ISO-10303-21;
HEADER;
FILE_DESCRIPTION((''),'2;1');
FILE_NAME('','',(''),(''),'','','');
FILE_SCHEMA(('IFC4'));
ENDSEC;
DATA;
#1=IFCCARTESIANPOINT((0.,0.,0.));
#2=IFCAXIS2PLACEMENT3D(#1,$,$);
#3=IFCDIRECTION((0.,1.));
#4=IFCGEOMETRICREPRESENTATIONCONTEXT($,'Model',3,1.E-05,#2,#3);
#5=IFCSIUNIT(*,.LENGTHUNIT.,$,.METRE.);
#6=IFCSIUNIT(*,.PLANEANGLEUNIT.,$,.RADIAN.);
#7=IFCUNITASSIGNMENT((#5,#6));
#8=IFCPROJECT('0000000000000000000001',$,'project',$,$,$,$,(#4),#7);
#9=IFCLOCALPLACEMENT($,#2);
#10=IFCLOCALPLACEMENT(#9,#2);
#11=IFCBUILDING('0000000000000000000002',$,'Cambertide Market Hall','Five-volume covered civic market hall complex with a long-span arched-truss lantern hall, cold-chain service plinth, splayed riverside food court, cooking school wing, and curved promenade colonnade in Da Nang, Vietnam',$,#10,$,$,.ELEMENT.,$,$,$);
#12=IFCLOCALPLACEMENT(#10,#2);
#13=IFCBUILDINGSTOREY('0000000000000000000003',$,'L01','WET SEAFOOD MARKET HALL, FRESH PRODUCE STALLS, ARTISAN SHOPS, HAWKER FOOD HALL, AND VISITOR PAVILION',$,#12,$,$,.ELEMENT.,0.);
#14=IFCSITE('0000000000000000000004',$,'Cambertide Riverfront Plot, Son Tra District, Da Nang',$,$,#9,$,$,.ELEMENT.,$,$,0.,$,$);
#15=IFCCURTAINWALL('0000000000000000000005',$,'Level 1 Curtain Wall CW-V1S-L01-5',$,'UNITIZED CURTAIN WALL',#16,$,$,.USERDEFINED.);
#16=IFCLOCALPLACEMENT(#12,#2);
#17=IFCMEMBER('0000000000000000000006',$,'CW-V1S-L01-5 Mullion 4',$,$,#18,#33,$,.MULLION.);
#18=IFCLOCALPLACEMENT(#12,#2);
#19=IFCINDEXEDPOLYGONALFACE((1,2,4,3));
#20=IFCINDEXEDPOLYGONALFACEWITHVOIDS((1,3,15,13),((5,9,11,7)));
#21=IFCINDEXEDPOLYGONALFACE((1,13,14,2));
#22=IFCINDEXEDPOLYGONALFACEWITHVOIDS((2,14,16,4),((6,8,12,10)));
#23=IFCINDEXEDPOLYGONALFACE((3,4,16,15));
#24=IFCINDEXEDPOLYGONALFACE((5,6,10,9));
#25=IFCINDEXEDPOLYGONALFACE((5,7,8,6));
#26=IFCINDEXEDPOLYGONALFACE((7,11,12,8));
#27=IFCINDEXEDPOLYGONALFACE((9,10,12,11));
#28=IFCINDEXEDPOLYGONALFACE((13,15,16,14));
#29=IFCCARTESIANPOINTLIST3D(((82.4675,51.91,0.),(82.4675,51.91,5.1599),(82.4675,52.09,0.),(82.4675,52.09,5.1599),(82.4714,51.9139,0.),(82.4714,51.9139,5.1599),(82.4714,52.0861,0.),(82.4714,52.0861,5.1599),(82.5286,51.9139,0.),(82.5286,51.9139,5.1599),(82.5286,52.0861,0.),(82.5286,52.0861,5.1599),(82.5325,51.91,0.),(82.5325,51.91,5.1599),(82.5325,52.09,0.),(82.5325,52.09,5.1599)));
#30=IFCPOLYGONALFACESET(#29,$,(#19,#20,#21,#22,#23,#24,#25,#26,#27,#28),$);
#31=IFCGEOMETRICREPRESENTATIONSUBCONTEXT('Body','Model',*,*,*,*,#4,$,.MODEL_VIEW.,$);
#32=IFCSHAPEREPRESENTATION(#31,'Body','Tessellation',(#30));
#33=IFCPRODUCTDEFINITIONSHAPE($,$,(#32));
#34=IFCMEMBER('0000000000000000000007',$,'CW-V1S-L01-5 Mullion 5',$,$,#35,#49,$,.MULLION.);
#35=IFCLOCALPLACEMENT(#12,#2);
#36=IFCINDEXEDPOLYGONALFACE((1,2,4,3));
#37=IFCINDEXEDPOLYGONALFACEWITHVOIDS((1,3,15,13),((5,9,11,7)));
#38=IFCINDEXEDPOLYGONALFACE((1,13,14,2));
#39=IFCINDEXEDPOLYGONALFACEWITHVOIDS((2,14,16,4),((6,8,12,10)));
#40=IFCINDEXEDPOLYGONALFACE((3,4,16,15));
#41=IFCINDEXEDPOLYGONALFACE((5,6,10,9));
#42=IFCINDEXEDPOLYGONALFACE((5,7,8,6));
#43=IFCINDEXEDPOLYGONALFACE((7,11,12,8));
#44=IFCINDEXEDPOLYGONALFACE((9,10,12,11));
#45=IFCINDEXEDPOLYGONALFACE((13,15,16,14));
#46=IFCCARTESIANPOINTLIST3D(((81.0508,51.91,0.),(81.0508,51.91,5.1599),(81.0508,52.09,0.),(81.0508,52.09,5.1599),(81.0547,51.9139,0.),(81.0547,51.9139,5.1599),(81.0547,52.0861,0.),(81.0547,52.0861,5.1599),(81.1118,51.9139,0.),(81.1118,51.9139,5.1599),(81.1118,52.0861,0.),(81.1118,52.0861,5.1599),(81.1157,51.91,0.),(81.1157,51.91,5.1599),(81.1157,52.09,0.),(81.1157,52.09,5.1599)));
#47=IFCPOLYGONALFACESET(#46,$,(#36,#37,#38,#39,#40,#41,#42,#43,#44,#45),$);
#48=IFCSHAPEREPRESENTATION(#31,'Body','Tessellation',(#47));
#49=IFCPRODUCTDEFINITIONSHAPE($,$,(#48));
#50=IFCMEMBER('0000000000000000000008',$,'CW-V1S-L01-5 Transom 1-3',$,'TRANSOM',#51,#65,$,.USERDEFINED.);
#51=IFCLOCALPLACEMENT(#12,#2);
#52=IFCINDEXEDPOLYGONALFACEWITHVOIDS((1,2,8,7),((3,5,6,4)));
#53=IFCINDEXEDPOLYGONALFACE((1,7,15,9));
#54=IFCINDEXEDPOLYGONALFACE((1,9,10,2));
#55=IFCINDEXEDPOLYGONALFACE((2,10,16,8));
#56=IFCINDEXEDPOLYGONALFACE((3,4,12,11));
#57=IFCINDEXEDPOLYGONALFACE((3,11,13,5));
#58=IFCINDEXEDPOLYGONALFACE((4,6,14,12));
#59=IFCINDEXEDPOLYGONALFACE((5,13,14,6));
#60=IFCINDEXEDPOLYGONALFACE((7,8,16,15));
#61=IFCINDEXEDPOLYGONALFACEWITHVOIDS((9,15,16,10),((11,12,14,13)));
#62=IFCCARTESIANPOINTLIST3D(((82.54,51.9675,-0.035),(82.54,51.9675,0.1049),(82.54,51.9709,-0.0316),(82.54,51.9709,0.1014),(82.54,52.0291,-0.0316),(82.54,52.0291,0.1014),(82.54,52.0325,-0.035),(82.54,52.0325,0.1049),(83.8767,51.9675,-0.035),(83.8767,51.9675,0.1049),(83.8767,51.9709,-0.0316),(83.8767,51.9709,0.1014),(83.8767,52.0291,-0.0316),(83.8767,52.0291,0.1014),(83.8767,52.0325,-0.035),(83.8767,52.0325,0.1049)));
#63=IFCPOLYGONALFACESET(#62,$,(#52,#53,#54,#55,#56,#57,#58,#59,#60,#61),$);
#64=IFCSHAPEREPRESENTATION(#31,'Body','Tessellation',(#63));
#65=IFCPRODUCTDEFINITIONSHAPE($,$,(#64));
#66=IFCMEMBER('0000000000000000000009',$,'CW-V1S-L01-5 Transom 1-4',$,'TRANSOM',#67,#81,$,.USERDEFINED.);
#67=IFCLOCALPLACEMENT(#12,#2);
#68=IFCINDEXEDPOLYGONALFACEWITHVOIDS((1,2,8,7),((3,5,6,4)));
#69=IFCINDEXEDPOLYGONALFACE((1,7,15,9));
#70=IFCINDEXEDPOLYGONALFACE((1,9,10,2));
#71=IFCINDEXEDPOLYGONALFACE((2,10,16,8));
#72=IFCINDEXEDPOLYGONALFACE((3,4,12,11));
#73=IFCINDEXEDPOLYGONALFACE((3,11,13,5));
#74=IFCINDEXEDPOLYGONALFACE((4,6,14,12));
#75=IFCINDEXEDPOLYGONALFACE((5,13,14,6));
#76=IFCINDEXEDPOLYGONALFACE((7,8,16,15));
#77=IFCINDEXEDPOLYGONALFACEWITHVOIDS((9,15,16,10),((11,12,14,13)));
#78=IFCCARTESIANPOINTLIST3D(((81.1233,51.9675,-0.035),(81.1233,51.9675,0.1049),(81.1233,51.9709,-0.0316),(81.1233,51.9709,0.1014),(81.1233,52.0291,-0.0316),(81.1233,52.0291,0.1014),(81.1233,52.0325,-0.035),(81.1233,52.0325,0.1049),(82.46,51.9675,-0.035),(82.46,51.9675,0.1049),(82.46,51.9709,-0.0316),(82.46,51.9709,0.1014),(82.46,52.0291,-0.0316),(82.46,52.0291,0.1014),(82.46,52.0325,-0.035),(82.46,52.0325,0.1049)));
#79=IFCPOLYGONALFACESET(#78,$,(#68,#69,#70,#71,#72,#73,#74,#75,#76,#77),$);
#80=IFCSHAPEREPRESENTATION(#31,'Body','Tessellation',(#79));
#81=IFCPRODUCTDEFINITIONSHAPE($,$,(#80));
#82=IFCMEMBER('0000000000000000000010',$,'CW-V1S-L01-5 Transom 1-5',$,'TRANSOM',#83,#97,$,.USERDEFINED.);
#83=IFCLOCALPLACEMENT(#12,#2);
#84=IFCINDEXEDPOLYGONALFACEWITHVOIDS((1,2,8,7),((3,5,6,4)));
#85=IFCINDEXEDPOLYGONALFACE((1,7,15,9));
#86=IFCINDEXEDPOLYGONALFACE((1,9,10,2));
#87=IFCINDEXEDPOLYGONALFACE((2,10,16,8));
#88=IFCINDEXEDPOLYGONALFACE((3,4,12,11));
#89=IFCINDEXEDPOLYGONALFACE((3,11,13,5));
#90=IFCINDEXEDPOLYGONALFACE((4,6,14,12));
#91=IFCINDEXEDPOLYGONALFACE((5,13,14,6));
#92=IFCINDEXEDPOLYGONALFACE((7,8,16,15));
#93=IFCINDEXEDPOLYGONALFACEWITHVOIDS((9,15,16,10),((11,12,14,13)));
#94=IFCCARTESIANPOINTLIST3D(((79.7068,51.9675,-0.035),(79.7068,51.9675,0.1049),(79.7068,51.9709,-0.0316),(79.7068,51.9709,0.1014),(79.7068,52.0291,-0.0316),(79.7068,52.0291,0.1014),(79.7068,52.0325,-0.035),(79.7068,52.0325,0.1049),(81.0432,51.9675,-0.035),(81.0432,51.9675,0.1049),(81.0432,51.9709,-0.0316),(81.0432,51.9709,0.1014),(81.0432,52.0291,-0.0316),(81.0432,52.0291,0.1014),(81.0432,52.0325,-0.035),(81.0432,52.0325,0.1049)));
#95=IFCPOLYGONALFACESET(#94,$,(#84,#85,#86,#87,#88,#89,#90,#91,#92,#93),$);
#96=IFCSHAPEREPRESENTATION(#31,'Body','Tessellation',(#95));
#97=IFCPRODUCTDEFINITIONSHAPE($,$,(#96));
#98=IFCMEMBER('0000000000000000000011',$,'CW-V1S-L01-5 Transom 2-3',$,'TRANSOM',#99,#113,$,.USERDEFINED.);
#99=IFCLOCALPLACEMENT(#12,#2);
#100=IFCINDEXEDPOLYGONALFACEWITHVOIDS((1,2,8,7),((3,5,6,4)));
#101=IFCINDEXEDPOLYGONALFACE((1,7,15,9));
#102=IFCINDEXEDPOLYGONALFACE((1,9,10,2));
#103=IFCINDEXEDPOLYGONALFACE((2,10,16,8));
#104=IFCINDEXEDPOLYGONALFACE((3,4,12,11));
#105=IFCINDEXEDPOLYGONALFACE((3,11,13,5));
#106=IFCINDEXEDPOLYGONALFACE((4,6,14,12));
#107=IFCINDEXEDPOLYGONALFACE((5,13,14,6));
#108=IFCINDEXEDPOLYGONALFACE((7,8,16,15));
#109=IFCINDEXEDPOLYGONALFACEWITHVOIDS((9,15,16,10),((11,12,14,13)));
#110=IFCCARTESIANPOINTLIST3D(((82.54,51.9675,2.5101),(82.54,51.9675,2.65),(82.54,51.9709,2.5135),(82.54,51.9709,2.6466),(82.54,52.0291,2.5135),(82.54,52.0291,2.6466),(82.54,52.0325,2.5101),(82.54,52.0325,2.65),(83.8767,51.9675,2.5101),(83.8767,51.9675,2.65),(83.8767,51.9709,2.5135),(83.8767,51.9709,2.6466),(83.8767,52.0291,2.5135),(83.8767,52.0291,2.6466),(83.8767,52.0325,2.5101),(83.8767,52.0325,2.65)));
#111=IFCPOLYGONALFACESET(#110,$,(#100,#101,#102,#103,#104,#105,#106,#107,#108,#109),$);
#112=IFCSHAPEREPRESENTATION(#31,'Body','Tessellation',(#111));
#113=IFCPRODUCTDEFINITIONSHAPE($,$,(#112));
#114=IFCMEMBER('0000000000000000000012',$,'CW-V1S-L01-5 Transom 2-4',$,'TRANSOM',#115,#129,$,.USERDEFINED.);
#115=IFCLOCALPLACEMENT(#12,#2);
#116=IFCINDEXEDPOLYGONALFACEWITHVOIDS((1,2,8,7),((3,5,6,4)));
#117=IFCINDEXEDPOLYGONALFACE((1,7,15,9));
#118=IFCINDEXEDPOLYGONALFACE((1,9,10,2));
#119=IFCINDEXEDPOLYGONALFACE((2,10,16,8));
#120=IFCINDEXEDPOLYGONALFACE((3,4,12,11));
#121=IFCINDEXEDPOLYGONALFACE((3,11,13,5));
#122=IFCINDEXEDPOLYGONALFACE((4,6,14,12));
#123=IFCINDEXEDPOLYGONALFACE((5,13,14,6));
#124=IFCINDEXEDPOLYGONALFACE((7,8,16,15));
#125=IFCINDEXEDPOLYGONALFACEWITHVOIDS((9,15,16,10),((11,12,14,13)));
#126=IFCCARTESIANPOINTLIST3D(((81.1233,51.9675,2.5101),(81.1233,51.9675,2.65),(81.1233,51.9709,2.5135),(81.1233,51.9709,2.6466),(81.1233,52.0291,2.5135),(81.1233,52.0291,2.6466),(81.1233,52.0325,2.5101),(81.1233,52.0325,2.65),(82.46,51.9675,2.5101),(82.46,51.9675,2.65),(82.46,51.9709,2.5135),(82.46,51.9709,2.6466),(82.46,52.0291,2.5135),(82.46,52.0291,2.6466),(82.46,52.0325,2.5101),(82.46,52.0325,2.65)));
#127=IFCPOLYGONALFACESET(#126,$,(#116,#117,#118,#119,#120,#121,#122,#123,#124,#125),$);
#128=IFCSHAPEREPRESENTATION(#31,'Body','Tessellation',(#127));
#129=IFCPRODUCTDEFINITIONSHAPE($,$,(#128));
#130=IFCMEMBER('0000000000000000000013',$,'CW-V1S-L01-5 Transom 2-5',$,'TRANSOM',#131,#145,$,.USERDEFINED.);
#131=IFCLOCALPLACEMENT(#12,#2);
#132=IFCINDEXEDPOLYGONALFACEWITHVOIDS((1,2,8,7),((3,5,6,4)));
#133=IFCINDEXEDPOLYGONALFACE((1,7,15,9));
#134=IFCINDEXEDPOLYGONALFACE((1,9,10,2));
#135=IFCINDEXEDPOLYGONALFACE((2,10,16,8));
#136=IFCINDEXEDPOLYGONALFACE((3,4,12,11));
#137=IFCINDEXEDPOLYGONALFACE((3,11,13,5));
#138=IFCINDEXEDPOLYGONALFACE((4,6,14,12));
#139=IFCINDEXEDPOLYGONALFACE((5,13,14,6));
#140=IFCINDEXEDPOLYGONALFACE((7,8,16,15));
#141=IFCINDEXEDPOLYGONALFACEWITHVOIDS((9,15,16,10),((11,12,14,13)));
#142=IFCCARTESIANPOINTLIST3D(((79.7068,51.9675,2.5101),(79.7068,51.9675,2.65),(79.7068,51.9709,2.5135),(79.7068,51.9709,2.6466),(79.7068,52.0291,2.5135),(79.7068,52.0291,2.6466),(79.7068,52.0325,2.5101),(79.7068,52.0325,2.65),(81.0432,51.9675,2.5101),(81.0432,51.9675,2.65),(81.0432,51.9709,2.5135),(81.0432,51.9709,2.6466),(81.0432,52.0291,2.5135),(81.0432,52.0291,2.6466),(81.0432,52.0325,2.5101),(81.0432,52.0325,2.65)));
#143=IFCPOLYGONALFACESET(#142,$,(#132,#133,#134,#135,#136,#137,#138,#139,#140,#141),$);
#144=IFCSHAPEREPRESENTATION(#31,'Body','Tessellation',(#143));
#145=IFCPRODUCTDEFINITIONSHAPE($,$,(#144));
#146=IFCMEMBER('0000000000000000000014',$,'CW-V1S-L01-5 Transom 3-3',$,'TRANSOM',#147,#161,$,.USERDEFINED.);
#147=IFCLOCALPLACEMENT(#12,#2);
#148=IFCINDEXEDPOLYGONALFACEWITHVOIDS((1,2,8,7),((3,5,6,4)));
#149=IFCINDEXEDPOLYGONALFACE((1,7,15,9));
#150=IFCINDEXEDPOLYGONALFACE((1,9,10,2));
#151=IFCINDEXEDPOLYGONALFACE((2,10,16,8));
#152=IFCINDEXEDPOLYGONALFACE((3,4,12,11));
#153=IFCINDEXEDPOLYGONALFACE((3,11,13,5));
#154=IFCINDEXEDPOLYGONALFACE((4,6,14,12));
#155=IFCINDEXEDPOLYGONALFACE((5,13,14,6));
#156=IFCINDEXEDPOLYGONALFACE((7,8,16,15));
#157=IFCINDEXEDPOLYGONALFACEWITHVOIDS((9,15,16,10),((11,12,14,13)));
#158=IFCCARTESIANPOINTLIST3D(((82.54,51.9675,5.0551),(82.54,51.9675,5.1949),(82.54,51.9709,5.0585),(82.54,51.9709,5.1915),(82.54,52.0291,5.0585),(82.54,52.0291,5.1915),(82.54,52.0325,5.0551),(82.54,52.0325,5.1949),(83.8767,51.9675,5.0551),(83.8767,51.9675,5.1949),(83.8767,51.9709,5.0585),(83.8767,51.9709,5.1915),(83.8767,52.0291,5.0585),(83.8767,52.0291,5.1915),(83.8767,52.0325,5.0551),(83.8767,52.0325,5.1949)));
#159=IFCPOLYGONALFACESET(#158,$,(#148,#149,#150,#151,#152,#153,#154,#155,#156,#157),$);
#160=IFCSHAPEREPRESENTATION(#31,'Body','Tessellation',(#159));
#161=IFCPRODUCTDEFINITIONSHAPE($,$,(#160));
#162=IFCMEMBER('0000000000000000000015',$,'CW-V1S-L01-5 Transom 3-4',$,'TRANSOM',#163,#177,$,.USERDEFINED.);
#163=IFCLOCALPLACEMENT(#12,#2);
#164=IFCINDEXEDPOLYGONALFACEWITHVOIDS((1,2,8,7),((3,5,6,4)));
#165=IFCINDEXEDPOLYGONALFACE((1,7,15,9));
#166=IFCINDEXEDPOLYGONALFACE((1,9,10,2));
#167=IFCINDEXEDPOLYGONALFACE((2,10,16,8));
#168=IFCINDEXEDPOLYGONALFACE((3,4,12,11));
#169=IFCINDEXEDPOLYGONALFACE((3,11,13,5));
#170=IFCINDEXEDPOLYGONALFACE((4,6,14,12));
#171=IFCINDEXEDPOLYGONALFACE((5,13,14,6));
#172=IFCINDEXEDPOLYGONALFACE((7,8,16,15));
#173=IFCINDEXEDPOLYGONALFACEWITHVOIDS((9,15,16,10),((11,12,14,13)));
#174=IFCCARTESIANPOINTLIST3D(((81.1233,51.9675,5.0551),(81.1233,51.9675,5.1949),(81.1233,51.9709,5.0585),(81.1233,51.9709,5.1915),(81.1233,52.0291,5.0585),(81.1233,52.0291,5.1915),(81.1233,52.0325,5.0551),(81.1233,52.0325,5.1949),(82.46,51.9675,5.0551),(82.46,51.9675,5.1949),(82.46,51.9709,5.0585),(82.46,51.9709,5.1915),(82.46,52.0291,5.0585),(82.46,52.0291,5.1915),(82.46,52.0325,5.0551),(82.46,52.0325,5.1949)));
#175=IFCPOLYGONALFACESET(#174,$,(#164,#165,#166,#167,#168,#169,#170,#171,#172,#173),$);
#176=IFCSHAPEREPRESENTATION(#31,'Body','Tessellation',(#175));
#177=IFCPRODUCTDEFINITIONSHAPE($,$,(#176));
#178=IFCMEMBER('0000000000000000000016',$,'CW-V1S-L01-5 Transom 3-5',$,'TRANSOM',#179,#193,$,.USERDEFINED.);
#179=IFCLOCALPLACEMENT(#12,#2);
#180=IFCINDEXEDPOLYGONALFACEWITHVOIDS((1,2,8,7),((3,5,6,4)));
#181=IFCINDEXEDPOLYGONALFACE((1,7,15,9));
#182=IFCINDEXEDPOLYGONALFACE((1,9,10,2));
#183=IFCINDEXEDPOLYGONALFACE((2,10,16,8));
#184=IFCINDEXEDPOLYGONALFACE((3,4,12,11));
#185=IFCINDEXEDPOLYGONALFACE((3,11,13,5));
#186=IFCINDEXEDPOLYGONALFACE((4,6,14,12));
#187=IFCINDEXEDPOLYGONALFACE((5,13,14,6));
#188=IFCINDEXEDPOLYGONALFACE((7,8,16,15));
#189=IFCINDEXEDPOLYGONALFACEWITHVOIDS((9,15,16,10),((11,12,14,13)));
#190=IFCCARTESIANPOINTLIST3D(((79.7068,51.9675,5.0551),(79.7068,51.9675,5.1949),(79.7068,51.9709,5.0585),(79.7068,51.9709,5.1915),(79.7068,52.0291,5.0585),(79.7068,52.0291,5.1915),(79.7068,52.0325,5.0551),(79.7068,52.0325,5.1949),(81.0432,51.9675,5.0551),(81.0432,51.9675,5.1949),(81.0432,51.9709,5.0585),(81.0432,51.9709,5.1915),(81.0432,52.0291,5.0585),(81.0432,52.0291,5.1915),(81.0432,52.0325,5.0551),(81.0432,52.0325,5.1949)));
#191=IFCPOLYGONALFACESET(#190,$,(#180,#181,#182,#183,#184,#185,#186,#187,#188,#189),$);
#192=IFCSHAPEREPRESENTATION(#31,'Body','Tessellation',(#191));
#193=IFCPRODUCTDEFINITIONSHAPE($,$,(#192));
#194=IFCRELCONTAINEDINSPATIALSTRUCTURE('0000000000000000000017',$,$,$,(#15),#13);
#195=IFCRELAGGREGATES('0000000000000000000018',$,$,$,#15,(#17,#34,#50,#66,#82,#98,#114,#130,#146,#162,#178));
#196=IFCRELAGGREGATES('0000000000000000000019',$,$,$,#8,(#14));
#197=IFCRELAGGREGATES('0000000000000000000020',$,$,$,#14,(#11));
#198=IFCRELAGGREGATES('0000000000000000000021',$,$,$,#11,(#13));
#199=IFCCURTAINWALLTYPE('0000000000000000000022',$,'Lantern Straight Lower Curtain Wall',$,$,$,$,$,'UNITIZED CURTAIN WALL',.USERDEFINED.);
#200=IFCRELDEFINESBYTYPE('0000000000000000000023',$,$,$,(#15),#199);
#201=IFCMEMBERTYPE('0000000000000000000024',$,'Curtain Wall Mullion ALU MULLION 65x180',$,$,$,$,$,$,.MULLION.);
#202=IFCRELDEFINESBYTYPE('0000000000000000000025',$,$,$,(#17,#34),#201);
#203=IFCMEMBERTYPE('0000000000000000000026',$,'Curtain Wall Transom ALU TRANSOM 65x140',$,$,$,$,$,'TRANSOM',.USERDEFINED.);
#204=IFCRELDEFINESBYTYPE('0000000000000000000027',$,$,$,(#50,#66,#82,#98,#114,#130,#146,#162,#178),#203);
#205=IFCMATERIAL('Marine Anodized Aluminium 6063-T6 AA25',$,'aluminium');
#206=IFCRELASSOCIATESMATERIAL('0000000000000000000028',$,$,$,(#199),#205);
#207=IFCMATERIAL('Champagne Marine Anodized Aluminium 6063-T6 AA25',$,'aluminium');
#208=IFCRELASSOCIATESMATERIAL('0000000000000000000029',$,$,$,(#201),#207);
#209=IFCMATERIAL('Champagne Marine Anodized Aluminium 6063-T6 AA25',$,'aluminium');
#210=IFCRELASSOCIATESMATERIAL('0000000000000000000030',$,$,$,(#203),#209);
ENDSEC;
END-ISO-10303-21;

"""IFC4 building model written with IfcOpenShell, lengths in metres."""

from ifc_helpers import new_model, si_unit, direction, frame, origin, origin_2d, place, context, subcontext, project, spatial, hollow_rectangle, extrude, material, material_profile, profile_set, type_object, element, aggregate, save


model = new_model("IFC4")

# Units and contexts
model_context = context("Model", 3, precision=1e-05, world=origin(), true_north=direction((0.0, 1.0)))
body_context = subcontext(model_context, "Body", "Model", "MODEL_VIEW")
ifc_project = project(units=[si_unit("LENGTHUNIT", "METRE"), si_unit("PLANEANGLEUNIT", "RADIAN")], contexts=[model_context])

# Site, building, storey
site_placement = place(None, origin())
site = spatial("IfcSite", under=ifc_project, at=site_placement, Name="Cambertide Riverfront Plot, Son Tra District, Da Nang", CompositionType="ELEMENT", RefElevation=0.0)
building_placement = place(site_placement, origin())
building = spatial("IfcBuilding", under=site, at=building_placement, Name="Cambertide Market Hall", Description="Five-volume covered civic market hall complex with a long-span arched-truss lantern hall, cold-chain service plinth, splayed riverside food court, cooking school wing, and curved promenade colonnade in Da Nang, Vietnam", CompositionType="ELEMENT")
storey_placement = place(building_placement, origin())
storey = spatial("IfcBuildingStorey", under=building, at=storey_placement, Name="L01", Description="WET SEAFOOD MARKET HALL, FRESH PRODUCE STALLS, ARTISAN SHOPS, HAWKER FOOD HALL, AND VISITOR PAVILION", CompositionType="ELEMENT", Elevation=0.0)

# Curtain wall, members
ifc_material_1 = material(Name="Marine Anodized Aluminium 6063-T6 AA25", Category="aluminium")
curtain_wall_type = type_object("IfcCurtainWallType", Name="Lantern Straight Lower Curtain Wall", ElementType="UNITIZED CURTAIN WALL", PredefinedType="USERDEFINED", material=ifc_material_1)
curtain_wall_placement = place(storey_placement, origin())
curtain_wall = element("IfcCurtainWall", 1, at=curtain_wall_placement, inside=storey, type_object=curtain_wall_type, Name="Level 1 Curtain Wall CW-V1S-L01-5", ObjectType="UNITIZED CURTAIN WALL", PredefinedType="USERDEFINED")
ifc_material_2 = material(Name="Champagne Marine Anodized Aluminium 6063-T6 AA25", Category="aluminium")
ifc_material_profile_1 = material_profile(ifc_material_2, hollow_rectangle(XDim=0.0649, YDim=0.1799, WallThickness=0.0039, at=origin_2d()), Name="ALU MULLION 65x180")
ifc_profile_set_1 = profile_set([ifc_material_profile_1], Name="Champagne Marine Anodized Aluminium 6063-T6 AA25")
member_type_1 = type_object("IfcMemberType", Name="Curtain Wall Mullion ALU MULLION 65x180", PredefinedType="MULLION", material=ifc_profile_set_1)
member_1_placement = place(storey_placement, frame((82.5, 52.0, 0.0), z_axis=(0.0, 0.0, 1.0), x_axis=(-1.0, 0.0, 0.0)))
member_1 = element("IfcMember", 2, at=member_1_placement, type_object=member_type_1, Name="CW-V1S-L01-5 Mullion 4", PredefinedType="MULLION", context=body_context, shape_type="SweptSolid", body=[
    extrude(hollow_rectangle(XDim=0.0649, YDim=0.1799, WallThickness=0.0039, at=origin_2d()), origin(), (0.0, 0.0, 1.0), 5.1599),
])
member_2_placement = place(storey_placement, frame((81.0833, 52.0, 0.0), z_axis=(0.0, 0.0, 1.0), x_axis=(-1.0, 0.0, 0.0)))
member_2 = element("IfcMember", 3, at=member_2_placement, type_object=member_type_1, Name="CW-V1S-L01-5 Mullion 5", PredefinedType="MULLION", context=body_context, shape_type="SweptSolid", body=[
    extrude(hollow_rectangle(XDim=0.0649, YDim=0.1799, WallThickness=0.0039, at=origin_2d()), origin(), (0.0, 0.0, 1.0), 5.1599),
])
ifc_material_3 = material(Name="Champagne Marine Anodized Aluminium 6063-T6 AA25", Category="aluminium")
ifc_material_profile_2 = material_profile(ifc_material_3, hollow_rectangle(XDim=0.0649, YDim=0.1399, WallThickness=0.0034, at=origin_2d()), Name="ALU TRANSOM 65x140")
ifc_profile_set_2 = profile_set([ifc_material_profile_2], Name="Champagne Marine Anodized Aluminium 6063-T6 AA25")
member_type_2 = type_object("IfcMemberType", Name="Curtain Wall Transom ALU TRANSOM 65x140", ElementType="TRANSOM", PredefinedType="USERDEFINED", material=ifc_profile_set_2)
member_3_placement = place(storey_placement, frame((83.8767, 52.0, 0.0349), z_axis=(-1.0, 0.0, 0.0), x_axis=(0.0, -1.0, 0.0)))
member_3 = element("IfcMember", 4, at=member_3_placement, type_object=member_type_2, Name="CW-V1S-L01-5 Transom 1-3", ObjectType="TRANSOM", PredefinedType="USERDEFINED", context=body_context, shape_type="SweptSolid", body=[
    extrude(hollow_rectangle(XDim=0.0649, YDim=0.1399, WallThickness=0.0034, at=origin_2d()), origin(), (0.0, 0.0, 1.0), 1.3367),
])
member_4_placement = place(storey_placement, frame((82.46, 52.0, 0.0349), z_axis=(-1.0, 0.0, 0.0), x_axis=(0.0, -1.0, 0.0)))
member_4 = element("IfcMember", 5, at=member_4_placement, type_object=member_type_2, Name="CW-V1S-L01-5 Transom 1-4", ObjectType="TRANSOM", PredefinedType="USERDEFINED", context=body_context, shape_type="SweptSolid", body=[
    extrude(hollow_rectangle(XDim=0.0649, YDim=0.1399, WallThickness=0.0034, at=origin_2d()), origin(), (0.0, 0.0, 1.0), 1.3367),
])
member_5_placement = place(storey_placement, frame((81.0432, 52.0, 0.0349), z_axis=(-1.0, 0.0, 0.0), x_axis=(0.0, -1.0, 0.0)))
member_5 = element("IfcMember", 6, at=member_5_placement, type_object=member_type_2, Name="CW-V1S-L01-5 Transom 1-5", ObjectType="TRANSOM", PredefinedType="USERDEFINED", context=body_context, shape_type="SweptSolid", body=[
    extrude(hollow_rectangle(XDim=0.0649, YDim=0.1399, WallThickness=0.0034, at=origin_2d()), origin(), (0.0, 0.0, 1.0), 1.3364),
])
member_6_placement = place(storey_placement, frame((83.8767, 52.0, 2.5801), z_axis=(-1.0, 0.0, 0.0), x_axis=(0.0, -1.0, 0.0)))
member_6 = element("IfcMember", 7, at=member_6_placement, type_object=member_type_2, Name="CW-V1S-L01-5 Transom 2-3", ObjectType="TRANSOM", PredefinedType="USERDEFINED", context=body_context, shape_type="SweptSolid", body=[
    extrude(hollow_rectangle(XDim=0.0649, YDim=0.1399, WallThickness=0.0034, at=origin_2d()), origin(), (0.0, 0.0, 1.0), 1.3367),
])
member_7_placement = place(storey_placement, frame((82.46, 52.0, 2.5801), z_axis=(-1.0, 0.0, 0.0), x_axis=(0.0, -1.0, 0.0)))
member_7 = element("IfcMember", 8, at=member_7_placement, type_object=member_type_2, Name="CW-V1S-L01-5 Transom 2-4", ObjectType="TRANSOM", PredefinedType="USERDEFINED", context=body_context, shape_type="SweptSolid", body=[
    extrude(hollow_rectangle(XDim=0.0649, YDim=0.1399, WallThickness=0.0034, at=origin_2d()), origin(), (0.0, 0.0, 1.0), 1.3367),
])
member_8_placement = place(storey_placement, frame((81.0432, 52.0, 2.5801), z_axis=(-1.0, 0.0, 0.0), x_axis=(0.0, -1.0, 0.0)))
member_8 = element("IfcMember", 9, at=member_8_placement, type_object=member_type_2, Name="CW-V1S-L01-5 Transom 2-5", ObjectType="TRANSOM", PredefinedType="USERDEFINED", context=body_context, shape_type="SweptSolid", body=[
    extrude(hollow_rectangle(XDim=0.0649, YDim=0.1399, WallThickness=0.0034, at=origin_2d()), origin(), (0.0, 0.0, 1.0), 1.3364),
])
member_9_placement = place(storey_placement, frame((83.8767, 52.0, 5.125), z_axis=(-1.0, 0.0, 0.0), x_axis=(0.0, -1.0, 0.0)))
member_9 = element("IfcMember", 10, at=member_9_placement, type_object=member_type_2, Name="CW-V1S-L01-5 Transom 3-3", ObjectType="TRANSOM", PredefinedType="USERDEFINED", context=body_context, shape_type="SweptSolid", body=[
    extrude(hollow_rectangle(XDim=0.0649, YDim=0.1399, WallThickness=0.0034, at=origin_2d()), origin(), (0.0, 0.0, 1.0), 1.3367),
])
member_10_placement = place(storey_placement, frame((82.46, 52.0, 5.125), z_axis=(-1.0, 0.0, 0.0), x_axis=(0.0, -1.0, 0.0)))
member_10 = element("IfcMember", 11, at=member_10_placement, type_object=member_type_2, Name="CW-V1S-L01-5 Transom 3-4", ObjectType="TRANSOM", PredefinedType="USERDEFINED", context=body_context, shape_type="SweptSolid", body=[
    extrude(hollow_rectangle(XDim=0.0649, YDim=0.1399, WallThickness=0.0034, at=origin_2d()), origin(), (0.0, 0.0, 1.0), 1.3367),
])
member_11_placement = place(storey_placement, frame((81.0432, 52.0, 5.125), z_axis=(-1.0, 0.0, 0.0), x_axis=(0.0, -1.0, 0.0)))
member_11 = element("IfcMember", 12, at=member_11_placement, type_object=member_type_2, Name="CW-V1S-L01-5 Transom 3-5", ObjectType="TRANSOM", PredefinedType="USERDEFINED", context=body_context, shape_type="SweptSolid", body=[
    extrude(hollow_rectangle(XDim=0.0649, YDim=0.1399, WallThickness=0.0034, at=origin_2d()), origin(), (0.0, 0.0, 1.0), 1.3364),
])
aggregate(curtain_wall, [member_1, member_2, member_3, member_4, member_5, member_6, member_7, member_8, member_9, member_10, member_11])

save(model, "model.ifc")
